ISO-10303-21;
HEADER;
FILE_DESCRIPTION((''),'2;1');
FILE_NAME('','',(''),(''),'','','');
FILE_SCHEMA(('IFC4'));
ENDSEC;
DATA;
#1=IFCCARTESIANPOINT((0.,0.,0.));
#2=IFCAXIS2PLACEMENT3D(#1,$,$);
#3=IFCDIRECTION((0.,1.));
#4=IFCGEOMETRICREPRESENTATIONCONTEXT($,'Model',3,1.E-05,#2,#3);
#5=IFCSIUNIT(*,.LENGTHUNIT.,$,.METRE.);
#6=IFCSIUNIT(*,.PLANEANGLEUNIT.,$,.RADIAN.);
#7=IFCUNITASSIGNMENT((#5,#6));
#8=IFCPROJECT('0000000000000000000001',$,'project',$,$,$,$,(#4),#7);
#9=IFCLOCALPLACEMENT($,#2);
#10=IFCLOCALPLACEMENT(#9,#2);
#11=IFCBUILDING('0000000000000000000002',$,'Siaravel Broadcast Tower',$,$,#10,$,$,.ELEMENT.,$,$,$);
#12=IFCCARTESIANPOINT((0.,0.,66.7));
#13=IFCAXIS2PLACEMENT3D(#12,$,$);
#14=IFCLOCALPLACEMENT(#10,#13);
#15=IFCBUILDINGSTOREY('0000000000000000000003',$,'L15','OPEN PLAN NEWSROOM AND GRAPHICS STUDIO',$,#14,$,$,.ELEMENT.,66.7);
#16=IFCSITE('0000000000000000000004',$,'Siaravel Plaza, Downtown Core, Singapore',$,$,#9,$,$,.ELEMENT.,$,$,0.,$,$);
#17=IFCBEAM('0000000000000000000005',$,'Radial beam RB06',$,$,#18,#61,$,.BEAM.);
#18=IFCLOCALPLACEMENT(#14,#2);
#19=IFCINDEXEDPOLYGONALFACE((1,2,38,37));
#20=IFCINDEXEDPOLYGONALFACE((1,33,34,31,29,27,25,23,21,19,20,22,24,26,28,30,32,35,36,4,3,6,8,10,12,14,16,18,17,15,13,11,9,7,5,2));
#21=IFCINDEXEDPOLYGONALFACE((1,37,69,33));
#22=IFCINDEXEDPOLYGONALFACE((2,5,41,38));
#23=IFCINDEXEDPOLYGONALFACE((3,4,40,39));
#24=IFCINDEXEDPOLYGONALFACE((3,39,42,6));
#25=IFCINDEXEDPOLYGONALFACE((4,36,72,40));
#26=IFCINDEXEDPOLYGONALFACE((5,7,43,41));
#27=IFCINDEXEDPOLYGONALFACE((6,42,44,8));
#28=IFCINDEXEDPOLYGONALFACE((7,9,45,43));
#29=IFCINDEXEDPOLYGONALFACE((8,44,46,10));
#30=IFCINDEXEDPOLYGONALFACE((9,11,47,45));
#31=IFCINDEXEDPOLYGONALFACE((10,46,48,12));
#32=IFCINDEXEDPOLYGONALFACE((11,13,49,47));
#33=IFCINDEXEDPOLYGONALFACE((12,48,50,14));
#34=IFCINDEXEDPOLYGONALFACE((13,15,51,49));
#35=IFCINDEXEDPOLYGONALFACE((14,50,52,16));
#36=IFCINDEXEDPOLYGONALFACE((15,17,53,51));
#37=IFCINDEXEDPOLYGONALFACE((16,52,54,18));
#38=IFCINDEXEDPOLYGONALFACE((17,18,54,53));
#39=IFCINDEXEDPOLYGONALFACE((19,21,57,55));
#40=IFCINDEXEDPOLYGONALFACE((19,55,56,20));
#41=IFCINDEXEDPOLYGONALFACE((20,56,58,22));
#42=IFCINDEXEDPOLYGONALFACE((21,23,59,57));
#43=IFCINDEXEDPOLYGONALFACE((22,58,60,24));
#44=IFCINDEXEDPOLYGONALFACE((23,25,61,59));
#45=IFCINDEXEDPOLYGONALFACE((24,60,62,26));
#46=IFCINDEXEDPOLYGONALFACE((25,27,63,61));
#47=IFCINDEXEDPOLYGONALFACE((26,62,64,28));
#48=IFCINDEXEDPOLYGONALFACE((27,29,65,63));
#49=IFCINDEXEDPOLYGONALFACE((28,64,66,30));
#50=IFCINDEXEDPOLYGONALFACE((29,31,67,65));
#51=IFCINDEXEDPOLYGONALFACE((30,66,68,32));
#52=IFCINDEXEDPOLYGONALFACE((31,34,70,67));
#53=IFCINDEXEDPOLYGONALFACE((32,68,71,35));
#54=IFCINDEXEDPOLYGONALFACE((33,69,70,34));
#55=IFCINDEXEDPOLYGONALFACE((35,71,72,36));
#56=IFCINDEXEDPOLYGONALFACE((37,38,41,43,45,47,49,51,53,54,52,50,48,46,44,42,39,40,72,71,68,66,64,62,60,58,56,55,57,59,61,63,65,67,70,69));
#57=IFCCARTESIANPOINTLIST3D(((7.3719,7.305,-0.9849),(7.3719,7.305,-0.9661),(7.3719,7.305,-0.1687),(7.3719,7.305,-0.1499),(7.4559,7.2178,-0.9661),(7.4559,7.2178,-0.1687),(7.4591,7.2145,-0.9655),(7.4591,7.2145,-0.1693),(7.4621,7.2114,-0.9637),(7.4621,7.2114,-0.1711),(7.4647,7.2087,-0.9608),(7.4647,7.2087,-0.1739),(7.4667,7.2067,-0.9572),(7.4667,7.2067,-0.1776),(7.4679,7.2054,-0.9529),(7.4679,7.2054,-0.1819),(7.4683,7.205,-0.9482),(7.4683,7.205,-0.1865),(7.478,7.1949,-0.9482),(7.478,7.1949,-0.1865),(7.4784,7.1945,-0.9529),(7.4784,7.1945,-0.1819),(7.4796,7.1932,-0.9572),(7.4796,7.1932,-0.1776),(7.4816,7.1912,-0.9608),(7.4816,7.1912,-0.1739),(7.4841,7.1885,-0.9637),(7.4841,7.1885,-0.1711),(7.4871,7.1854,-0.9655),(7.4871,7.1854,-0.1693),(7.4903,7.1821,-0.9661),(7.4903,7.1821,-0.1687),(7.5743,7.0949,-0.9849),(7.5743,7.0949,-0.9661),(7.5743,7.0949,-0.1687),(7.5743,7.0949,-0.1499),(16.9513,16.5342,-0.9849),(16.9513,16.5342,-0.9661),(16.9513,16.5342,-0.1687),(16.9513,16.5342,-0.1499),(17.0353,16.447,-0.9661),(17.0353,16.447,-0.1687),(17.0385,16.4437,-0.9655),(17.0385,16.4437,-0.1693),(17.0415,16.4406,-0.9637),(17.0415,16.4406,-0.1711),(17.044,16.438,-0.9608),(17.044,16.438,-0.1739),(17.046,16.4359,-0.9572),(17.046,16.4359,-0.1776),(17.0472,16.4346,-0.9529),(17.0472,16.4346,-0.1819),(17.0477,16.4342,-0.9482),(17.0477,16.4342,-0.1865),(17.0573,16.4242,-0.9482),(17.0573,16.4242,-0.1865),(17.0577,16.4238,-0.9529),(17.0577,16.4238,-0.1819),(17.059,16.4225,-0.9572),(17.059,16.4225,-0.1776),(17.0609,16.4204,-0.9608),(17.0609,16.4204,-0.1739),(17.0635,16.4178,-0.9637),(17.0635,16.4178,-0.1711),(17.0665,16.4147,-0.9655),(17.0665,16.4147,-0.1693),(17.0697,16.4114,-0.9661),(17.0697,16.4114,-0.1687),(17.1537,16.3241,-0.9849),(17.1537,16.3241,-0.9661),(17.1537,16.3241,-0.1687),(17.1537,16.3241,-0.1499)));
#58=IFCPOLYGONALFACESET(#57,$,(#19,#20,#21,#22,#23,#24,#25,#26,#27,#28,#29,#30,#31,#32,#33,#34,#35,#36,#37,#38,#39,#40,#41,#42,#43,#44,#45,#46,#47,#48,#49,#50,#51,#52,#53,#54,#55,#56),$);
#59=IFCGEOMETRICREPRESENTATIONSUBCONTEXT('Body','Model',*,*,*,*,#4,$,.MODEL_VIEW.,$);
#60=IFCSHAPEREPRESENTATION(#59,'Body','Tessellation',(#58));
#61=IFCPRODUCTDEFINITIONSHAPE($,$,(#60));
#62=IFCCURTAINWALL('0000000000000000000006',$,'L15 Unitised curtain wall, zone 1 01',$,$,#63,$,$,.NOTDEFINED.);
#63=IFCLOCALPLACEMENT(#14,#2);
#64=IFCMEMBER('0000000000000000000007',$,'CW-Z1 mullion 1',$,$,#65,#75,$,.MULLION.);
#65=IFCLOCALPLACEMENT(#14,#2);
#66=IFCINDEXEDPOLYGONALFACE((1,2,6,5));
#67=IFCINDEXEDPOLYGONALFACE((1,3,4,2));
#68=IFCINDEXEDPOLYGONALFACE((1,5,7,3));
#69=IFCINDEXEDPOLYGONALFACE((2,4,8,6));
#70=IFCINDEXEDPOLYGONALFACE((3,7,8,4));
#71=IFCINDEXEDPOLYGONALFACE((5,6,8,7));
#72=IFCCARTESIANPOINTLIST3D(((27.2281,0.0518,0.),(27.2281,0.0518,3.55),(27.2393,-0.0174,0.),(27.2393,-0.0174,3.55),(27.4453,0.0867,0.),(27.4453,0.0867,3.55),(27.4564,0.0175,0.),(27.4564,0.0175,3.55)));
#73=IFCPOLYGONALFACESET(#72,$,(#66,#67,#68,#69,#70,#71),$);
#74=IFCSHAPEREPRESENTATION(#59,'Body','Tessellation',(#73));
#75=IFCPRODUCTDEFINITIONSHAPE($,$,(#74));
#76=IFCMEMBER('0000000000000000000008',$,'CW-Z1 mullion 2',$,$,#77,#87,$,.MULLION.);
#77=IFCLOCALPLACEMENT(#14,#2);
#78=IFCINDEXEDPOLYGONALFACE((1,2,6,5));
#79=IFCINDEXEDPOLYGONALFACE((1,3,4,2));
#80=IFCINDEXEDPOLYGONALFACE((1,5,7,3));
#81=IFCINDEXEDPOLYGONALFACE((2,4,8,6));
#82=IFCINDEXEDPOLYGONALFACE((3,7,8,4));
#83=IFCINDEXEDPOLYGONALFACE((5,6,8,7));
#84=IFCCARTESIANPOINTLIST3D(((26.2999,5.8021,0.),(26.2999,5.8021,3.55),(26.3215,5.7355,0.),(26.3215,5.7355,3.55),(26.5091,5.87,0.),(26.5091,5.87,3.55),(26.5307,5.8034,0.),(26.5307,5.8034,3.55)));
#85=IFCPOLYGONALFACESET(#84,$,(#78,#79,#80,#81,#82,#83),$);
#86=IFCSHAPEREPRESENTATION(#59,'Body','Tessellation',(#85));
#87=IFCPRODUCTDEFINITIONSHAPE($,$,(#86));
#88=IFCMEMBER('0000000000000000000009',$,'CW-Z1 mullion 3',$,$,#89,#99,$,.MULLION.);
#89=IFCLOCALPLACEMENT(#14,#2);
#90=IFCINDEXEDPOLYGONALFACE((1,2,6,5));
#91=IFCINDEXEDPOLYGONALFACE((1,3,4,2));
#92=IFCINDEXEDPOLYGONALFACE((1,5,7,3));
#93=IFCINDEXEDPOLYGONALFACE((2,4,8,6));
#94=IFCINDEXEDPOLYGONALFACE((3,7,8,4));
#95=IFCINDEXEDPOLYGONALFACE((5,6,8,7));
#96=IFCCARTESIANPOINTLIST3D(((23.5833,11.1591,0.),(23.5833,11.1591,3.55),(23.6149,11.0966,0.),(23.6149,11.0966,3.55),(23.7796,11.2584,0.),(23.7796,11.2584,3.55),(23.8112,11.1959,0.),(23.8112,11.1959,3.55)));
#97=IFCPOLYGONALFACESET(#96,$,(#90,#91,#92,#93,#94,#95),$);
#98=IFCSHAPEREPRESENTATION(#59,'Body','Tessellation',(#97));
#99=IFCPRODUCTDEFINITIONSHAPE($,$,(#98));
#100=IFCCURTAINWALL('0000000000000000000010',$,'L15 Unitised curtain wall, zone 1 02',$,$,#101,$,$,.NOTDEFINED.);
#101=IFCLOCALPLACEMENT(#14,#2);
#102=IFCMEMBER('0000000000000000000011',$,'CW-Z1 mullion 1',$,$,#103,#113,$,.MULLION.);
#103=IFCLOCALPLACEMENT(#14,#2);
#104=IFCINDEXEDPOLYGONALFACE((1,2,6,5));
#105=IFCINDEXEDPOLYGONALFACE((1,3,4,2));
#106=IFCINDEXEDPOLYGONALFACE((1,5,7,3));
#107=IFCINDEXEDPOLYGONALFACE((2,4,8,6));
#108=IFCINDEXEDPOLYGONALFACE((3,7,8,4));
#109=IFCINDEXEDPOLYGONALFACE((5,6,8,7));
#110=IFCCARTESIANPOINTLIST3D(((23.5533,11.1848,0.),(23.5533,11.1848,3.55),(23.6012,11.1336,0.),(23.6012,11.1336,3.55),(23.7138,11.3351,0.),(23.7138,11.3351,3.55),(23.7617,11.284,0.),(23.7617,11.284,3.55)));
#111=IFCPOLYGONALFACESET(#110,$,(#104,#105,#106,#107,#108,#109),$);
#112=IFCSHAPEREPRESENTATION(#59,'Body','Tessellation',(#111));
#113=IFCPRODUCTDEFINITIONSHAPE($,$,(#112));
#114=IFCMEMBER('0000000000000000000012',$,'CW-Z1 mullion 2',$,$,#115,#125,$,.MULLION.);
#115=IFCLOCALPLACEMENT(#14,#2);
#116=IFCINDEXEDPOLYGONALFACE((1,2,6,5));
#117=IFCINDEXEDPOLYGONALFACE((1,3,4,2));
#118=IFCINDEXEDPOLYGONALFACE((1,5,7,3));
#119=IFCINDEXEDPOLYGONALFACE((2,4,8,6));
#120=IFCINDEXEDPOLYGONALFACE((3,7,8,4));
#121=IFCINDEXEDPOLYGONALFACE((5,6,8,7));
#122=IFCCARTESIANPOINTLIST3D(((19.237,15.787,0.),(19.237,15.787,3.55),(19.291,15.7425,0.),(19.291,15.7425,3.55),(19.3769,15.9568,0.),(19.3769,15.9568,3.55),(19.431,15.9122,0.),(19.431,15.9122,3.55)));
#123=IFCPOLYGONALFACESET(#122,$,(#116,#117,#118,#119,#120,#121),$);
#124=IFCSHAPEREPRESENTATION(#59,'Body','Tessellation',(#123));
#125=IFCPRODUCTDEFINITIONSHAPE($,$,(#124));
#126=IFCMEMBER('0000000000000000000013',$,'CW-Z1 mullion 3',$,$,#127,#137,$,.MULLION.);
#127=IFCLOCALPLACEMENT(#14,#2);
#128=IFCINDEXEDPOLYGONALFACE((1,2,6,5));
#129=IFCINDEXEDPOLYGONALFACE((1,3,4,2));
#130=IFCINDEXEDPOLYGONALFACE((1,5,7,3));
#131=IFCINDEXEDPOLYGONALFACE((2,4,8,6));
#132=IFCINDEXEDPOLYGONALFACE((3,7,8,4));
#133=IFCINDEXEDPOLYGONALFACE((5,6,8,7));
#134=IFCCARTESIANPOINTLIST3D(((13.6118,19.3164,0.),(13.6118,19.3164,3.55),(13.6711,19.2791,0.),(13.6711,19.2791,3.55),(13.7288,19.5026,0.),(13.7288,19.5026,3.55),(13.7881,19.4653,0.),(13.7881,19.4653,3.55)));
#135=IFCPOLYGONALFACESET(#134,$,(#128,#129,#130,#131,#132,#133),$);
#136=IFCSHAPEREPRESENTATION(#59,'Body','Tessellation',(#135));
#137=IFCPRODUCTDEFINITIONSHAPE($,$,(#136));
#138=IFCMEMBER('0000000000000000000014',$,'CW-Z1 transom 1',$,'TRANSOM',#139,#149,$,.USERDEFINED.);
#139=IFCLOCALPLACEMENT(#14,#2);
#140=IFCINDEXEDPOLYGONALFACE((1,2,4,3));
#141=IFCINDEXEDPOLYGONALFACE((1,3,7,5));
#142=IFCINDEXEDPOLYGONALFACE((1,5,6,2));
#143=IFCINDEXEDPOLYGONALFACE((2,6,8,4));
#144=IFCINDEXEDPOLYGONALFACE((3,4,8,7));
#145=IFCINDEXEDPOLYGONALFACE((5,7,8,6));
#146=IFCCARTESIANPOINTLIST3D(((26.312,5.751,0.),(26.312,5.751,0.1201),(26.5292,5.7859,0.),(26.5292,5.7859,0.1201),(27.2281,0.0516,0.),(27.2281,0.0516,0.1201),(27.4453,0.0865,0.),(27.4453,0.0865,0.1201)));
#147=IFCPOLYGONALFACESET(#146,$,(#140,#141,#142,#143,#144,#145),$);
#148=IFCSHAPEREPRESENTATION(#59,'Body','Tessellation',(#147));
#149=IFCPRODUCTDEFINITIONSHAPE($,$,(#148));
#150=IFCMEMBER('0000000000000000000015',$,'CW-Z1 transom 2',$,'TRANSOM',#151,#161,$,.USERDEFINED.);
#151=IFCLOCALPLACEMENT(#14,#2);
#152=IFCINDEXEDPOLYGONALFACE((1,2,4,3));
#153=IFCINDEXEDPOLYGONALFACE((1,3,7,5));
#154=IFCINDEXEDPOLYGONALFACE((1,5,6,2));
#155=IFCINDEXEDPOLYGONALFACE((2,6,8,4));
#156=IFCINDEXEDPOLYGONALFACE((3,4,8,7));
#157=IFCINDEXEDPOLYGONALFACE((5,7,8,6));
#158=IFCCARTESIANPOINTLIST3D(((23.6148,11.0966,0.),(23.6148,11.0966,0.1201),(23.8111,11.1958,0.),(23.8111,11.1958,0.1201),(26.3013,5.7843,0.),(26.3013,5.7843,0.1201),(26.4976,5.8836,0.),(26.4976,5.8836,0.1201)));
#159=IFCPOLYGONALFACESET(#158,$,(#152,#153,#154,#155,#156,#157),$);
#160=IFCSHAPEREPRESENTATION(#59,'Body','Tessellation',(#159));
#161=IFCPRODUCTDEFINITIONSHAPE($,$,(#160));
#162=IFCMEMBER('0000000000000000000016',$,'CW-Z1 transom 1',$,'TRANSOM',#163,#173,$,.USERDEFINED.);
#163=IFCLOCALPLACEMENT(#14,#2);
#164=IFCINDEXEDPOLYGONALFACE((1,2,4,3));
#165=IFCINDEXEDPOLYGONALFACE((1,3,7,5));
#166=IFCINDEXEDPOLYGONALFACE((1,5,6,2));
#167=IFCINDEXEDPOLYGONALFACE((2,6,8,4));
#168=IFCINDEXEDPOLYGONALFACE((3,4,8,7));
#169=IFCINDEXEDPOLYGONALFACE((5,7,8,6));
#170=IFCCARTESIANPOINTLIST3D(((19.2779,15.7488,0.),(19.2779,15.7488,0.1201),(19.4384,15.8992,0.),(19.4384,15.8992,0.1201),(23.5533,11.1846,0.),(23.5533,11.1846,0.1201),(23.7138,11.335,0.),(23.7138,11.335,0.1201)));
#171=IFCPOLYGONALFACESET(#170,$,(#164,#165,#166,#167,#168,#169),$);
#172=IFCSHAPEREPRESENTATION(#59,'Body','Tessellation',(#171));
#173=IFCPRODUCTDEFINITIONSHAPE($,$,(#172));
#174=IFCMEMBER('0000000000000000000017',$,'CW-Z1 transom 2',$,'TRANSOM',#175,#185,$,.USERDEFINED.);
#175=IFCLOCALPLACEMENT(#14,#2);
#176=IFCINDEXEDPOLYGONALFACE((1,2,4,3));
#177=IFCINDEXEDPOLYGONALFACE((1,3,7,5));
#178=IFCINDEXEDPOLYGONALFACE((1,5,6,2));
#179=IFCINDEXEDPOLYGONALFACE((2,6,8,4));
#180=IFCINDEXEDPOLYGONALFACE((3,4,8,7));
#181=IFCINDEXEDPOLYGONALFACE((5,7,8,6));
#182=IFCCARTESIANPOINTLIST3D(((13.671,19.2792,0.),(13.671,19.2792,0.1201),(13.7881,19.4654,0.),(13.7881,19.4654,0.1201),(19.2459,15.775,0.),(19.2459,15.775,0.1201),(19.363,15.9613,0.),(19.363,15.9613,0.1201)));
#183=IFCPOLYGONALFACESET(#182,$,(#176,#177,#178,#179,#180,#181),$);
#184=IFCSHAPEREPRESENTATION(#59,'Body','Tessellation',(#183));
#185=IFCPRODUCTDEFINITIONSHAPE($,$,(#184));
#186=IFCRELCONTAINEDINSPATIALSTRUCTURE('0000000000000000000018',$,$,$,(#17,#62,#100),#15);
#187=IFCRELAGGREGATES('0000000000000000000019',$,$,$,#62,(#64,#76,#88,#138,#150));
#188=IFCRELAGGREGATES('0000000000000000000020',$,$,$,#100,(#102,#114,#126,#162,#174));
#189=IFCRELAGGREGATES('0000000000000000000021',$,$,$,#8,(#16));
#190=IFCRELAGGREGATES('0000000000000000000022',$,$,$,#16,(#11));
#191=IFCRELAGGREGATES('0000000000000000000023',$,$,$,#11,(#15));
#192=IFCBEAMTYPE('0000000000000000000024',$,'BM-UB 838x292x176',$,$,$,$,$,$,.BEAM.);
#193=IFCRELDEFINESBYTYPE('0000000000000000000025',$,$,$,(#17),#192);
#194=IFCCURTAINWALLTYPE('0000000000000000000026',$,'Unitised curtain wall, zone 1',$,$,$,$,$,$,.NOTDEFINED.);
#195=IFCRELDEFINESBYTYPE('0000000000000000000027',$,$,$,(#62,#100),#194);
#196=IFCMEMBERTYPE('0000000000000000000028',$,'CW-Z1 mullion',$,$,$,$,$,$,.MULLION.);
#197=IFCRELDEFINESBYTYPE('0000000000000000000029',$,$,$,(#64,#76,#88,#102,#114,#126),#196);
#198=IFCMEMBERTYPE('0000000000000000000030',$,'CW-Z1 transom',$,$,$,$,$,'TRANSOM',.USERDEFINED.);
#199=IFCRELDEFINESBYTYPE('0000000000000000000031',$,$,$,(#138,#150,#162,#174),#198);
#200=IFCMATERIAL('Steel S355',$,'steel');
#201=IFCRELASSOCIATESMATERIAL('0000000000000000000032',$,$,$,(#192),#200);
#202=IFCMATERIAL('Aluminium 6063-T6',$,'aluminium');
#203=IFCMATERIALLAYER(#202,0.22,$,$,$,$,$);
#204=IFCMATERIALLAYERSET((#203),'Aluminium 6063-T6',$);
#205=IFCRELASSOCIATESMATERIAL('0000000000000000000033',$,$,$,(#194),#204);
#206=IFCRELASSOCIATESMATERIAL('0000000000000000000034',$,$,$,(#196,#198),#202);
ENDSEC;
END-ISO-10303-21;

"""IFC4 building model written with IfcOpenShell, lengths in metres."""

from ifc_helpers import new_model, si_unit, direction, frame, origin, origin_2d, place, context, subcontext, project, spatial, rectangle, i_section, extrude, material, layer, layer_set, material_profile, profile_set, type_object, element, aggregate, save


model = new_model("IFC4")

# Units and contexts
model_context = context("Model", 3, precision=1e-05, world=origin(), true_north=direction((0.0, 1.0)))
body_context = subcontext(model_context, "Body", "Model", "MODEL_VIEW")
ifc_project = project(units=[si_unit("LENGTHUNIT", "METRE"), si_unit("PLANEANGLEUNIT", "RADIAN")], contexts=[model_context])

# Site, building, storey
site_placement = place(None, origin())
site = spatial("IfcSite", under=ifc_project, at=site_placement, Name="Siaravel Plaza, Downtown Core, Singapore", CompositionType="ELEMENT", RefElevation=0.0)
building_placement = place(site_placement, origin())
building = spatial("IfcBuilding", under=site, at=building_placement, Name="Siaravel Broadcast Tower", CompositionType="ELEMENT")
storey_placement = place(building_placement, frame((0.0, 0.0, 66.7)))
storey = spatial("IfcBuildingStorey", under=building, at=storey_placement, Name="L15", Description="OPEN PLAN NEWSROOM AND GRAPHICS STUDIO", CompositionType="ELEMENT", Elevation=66.7)

# Beam
ifc_material_1 = material(Name="Steel S355", Category="steel")
ifc_material_profile_1 = material_profile(ifc_material_1, i_section(OverallWidth=0.2917, OverallDepth=0.835, WebThickness=0.0139, FlangeThickness=0.0188, FilletRadius=0.0178, at=origin_2d()))
ifc_profile_set_1 = profile_set([ifc_material_profile_1], Name="Steel S355")
beam_type = type_object("IfcBeamType", Name="BM-UB 838x292x176", PredefinedType="BEAM", material=ifc_profile_set_1)
beam_1_placement = place(storey_placement, frame((17.0525, 16.4292, -0.5674), z_axis=(-0.720144, -0.693825, 0.0), x_axis=(0.693825, -0.720144, 0.0)))
element("IfcBeam", 1, at=beam_1_placement, inside=storey, type_object=beam_type, Name="Radial beam RB06", PredefinedType="BEAM", context=body_context, shape_type="SweptSolid", body=[
    extrude(i_section(OverallWidth=0.2917, OverallDepth=0.835, WebThickness=0.0139, FlangeThickness=0.0188, FilletRadius=0.0178, at=origin_2d()), origin(), (0.0, 0.0, 1.0), 13.302),
])

# Curtain walls, members
ifc_material_2 = material(Name="Aluminium 6063-T6", Category="aluminium")
ifc_layer_1 = layer(ifc_material_2, 0.22)
ifc_layer_set_1 = layer_set([ifc_layer_1], Name="Aluminium 6063-T6")
curtain_wall_type = type_object("IfcCurtainWallType", Name="Unitised curtain wall, zone 1", PredefinedType="NOTDEFINED", material=ifc_layer_set_1)
curtain_wall_1_placement = place(storey_placement, origin())
curtain_wall_1 = element("IfcCurtainWall", 2, at=curtain_wall_1_placement, inside=storey, type_object=curtain_wall_type, Name="L15 Unitised curtain wall, zone 1 01", PredefinedType="NOTDEFINED")
ifc_material_profile_2 = material_profile(ifc_material_2, rectangle(XDim=0.22, YDim=0.0701, at=origin_2d()))
ifc_profile_set_2 = profile_set([ifc_material_profile_2], Name="Aluminium 6063-T6")
member_type_1 = type_object("IfcMemberType", Name="CW-Z1 mullion", PredefinedType="MULLION", material=ifc_profile_set_2)
member_1_placement = place(storey_placement, frame((27.3423, 0.0347, 0.0), z_axis=(0.0, 0.0, 1.0), x_axis=(-0.987329, -0.158686, 0.0)))
member_1 = element("IfcMember", 3, at=member_1_placement, type_object=member_type_1, Name="CW-Z1 mullion 1", PredefinedType="MULLION", context=body_context, shape_type="SweptSolid", body=[
    extrude(rectangle(XDim=0.22, YDim=0.0701, at=origin_2d()), origin(), (0.0, 0.0, 1.0), 3.55),
])
member_2_placement = place(storey_placement, frame((26.4153, 5.8027, 0.0), z_axis=(0.0, 0.0, 1.0), x_axis=(-0.951177, -0.308646, 0.0)))
member_2 = element("IfcMember", 4, at=member_2_placement, type_object=member_type_1, Name="CW-Z1 mullion 2", PredefinedType="MULLION", context=body_context, shape_type="SweptSolid", body=[
    extrude(rectangle(XDim=0.22, YDim=0.0701, at=origin_2d()), origin(), (0.0, 0.0, 1.0), 3.55),
])
member_3_placement = place(storey_placement, frame((23.6973, 11.1775, 0.0), z_axis=(0.0, 0.0, 1.0), x_axis=(-0.892391, -0.451262, 0.0)))
member_3 = element("IfcMember", 5, at=member_3_placement, type_object=member_type_1, Name="CW-Z1 mullion 3", PredefinedType="MULLION", context=body_context, shape_type="SweptSolid", body=[
    extrude(rectangle(XDim=0.22, YDim=0.0701, at=origin_2d()), origin(), (0.0, 0.0, 1.0), 3.55),
])
curtain_wall_2_placement = place(storey_placement, origin())
curtain_wall_2 = element("IfcCurtainWall", 6, at=curtain_wall_2_placement, inside=storey, type_object=curtain_wall_type, Name="L15 Unitised curtain wall, zone 1 02", PredefinedType="NOTDEFINED")
member_4_placement = place(storey_placement, frame((23.6575, 11.2344, 0.0), z_axis=(0.0, 0.0, 1.0), x_axis=(-0.729804, -0.683657, 0.0)))
member_4 = element("IfcMember", 7, at=member_4_placement, type_object=member_type_1, Name="CW-Z1 mullion 1", PredefinedType="MULLION", context=body_context, shape_type="SweptSolid", body=[
    extrude(rectangle(XDim=0.22, YDim=0.0701, at=origin_2d()), origin(), (0.0, 0.0, 1.0), 3.55),
])
member_5_placement = place(storey_placement, frame((19.334, 15.8496, 0.0), z_axis=(0.0, 0.0, 1.0), x_axis=(-0.636217, -0.77151, 0.0)))
member_5 = element("IfcMember", 8, at=member_5_placement, type_object=member_type_1, Name="CW-Z1 mullion 2", PredefinedType="MULLION", context=body_context, shape_type="SweptSolid", body=[
    extrude(rectangle(XDim=0.22, YDim=0.0701, at=origin_2d()), origin(), (0.0, 0.0, 1.0), 3.55),
])
member_6_placement = place(storey_placement, frame((13.7, 19.3909, 0.0), z_axis=(0.0, 0.0, 1.0), x_axis=(-0.532148, -0.846651, 0.0)))
member_6 = element("IfcMember", 9, at=member_6_placement, type_object=member_type_1, Name="CW-Z1 mullion 3", PredefinedType="MULLION", context=body_context, shape_type="SweptSolid", body=[
    extrude(rectangle(XDim=0.22, YDim=0.0701, at=origin_2d()), origin(), (0.0, 0.0, 1.0), 3.55),
])

# Members
ifc_material_profile_3 = material_profile(ifc_material_2, rectangle(XDim=0.22, YDim=0.1201, at=origin_2d()))
ifc_profile_set_3 = profile_set([ifc_material_profile_3], Name="Aluminium 6063-T6")
member_type_2 = type_object("IfcMemberType", Name="CW-Z1 transom", ElementType="TRANSOM", PredefinedType="USERDEFINED", material=ifc_profile_set_3)
member_7_placement = place(storey_placement, frame((27.3367, 0.0691, 0.0601), z_axis=(-0.15869, 0.987328, 0.0), x_axis=(-0.987328, -0.15869, 0.0)))
member_7 = element("IfcMember", 10, at=member_7_placement, type_object=member_type_2, Name="CW-Z1 transom 1", ObjectType="TRANSOM", PredefinedType="USERDEFINED", context=body_context, shape_type="SweptSolid", body=[
    extrude(rectangle(XDim=0.22, YDim=0.1201, at=origin_2d()), origin(), (0.0, 0.0, 1.0), 5.7725),
])
member_8_placement = place(storey_placement, frame((26.3994, 5.834, 0.0601), z_axis=(-0.451294, 0.892375, 0.0), x_axis=(-0.892375, -0.451294, 0.0)))
member_8 = element("IfcMember", 11, at=member_8_placement, type_object=member_type_2, Name="CW-Z1 transom 2", ObjectType="TRANSOM", PredefinedType="USERDEFINED", context=body_context, shape_type="SweptSolid", body=[
    extrude(rectangle(XDim=0.22, YDim=0.1201, at=origin_2d()), origin(), (0.0, 0.0, 1.0), 5.9529),
])
member_9_placement = place(storey_placement, frame((23.6335, 11.2598, 0.0601), z_axis=(-0.683639, 0.729821, 0.0), x_axis=(-0.729821, -0.683639, 0.0)))
member_9 = element("IfcMember", 12, at=member_9_placement, type_object=member_type_2, Name="CW-Z1 transom 1", ObjectType="TRANSOM", PredefinedType="USERDEFINED", context=body_context, shape_type="SweptSolid", body=[
    extrude(rectangle(XDim=0.22, YDim=0.1201, at=origin_2d()), origin(), (0.0, 0.0, 1.0), 6.2539),
])
member_10_placement = place(storey_placement, frame((19.3044, 15.8682, 0.0601), z_axis=(-0.846644, 0.53216, 0.0), x_axis=(-0.53216, -0.846644, 0.0)))
member_10 = element("IfcMember", 13, at=member_10_placement, type_object=member_type_2, Name="CW-Z1 transom 2", ObjectType="TRANSOM", PredefinedType="USERDEFINED", context=body_context, shape_type="SweptSolid", body=[
    extrude(rectangle(XDim=0.22, YDim=0.1201, at=origin_2d()), origin(), (0.0, 0.0, 1.0), 6.5847),
])

aggregate(curtain_wall_1, [member_1, member_2, member_3, member_7, member_8])
aggregate(curtain_wall_2, [member_4, member_5, member_6, member_9, member_10])

save(model, "model.ifc")
